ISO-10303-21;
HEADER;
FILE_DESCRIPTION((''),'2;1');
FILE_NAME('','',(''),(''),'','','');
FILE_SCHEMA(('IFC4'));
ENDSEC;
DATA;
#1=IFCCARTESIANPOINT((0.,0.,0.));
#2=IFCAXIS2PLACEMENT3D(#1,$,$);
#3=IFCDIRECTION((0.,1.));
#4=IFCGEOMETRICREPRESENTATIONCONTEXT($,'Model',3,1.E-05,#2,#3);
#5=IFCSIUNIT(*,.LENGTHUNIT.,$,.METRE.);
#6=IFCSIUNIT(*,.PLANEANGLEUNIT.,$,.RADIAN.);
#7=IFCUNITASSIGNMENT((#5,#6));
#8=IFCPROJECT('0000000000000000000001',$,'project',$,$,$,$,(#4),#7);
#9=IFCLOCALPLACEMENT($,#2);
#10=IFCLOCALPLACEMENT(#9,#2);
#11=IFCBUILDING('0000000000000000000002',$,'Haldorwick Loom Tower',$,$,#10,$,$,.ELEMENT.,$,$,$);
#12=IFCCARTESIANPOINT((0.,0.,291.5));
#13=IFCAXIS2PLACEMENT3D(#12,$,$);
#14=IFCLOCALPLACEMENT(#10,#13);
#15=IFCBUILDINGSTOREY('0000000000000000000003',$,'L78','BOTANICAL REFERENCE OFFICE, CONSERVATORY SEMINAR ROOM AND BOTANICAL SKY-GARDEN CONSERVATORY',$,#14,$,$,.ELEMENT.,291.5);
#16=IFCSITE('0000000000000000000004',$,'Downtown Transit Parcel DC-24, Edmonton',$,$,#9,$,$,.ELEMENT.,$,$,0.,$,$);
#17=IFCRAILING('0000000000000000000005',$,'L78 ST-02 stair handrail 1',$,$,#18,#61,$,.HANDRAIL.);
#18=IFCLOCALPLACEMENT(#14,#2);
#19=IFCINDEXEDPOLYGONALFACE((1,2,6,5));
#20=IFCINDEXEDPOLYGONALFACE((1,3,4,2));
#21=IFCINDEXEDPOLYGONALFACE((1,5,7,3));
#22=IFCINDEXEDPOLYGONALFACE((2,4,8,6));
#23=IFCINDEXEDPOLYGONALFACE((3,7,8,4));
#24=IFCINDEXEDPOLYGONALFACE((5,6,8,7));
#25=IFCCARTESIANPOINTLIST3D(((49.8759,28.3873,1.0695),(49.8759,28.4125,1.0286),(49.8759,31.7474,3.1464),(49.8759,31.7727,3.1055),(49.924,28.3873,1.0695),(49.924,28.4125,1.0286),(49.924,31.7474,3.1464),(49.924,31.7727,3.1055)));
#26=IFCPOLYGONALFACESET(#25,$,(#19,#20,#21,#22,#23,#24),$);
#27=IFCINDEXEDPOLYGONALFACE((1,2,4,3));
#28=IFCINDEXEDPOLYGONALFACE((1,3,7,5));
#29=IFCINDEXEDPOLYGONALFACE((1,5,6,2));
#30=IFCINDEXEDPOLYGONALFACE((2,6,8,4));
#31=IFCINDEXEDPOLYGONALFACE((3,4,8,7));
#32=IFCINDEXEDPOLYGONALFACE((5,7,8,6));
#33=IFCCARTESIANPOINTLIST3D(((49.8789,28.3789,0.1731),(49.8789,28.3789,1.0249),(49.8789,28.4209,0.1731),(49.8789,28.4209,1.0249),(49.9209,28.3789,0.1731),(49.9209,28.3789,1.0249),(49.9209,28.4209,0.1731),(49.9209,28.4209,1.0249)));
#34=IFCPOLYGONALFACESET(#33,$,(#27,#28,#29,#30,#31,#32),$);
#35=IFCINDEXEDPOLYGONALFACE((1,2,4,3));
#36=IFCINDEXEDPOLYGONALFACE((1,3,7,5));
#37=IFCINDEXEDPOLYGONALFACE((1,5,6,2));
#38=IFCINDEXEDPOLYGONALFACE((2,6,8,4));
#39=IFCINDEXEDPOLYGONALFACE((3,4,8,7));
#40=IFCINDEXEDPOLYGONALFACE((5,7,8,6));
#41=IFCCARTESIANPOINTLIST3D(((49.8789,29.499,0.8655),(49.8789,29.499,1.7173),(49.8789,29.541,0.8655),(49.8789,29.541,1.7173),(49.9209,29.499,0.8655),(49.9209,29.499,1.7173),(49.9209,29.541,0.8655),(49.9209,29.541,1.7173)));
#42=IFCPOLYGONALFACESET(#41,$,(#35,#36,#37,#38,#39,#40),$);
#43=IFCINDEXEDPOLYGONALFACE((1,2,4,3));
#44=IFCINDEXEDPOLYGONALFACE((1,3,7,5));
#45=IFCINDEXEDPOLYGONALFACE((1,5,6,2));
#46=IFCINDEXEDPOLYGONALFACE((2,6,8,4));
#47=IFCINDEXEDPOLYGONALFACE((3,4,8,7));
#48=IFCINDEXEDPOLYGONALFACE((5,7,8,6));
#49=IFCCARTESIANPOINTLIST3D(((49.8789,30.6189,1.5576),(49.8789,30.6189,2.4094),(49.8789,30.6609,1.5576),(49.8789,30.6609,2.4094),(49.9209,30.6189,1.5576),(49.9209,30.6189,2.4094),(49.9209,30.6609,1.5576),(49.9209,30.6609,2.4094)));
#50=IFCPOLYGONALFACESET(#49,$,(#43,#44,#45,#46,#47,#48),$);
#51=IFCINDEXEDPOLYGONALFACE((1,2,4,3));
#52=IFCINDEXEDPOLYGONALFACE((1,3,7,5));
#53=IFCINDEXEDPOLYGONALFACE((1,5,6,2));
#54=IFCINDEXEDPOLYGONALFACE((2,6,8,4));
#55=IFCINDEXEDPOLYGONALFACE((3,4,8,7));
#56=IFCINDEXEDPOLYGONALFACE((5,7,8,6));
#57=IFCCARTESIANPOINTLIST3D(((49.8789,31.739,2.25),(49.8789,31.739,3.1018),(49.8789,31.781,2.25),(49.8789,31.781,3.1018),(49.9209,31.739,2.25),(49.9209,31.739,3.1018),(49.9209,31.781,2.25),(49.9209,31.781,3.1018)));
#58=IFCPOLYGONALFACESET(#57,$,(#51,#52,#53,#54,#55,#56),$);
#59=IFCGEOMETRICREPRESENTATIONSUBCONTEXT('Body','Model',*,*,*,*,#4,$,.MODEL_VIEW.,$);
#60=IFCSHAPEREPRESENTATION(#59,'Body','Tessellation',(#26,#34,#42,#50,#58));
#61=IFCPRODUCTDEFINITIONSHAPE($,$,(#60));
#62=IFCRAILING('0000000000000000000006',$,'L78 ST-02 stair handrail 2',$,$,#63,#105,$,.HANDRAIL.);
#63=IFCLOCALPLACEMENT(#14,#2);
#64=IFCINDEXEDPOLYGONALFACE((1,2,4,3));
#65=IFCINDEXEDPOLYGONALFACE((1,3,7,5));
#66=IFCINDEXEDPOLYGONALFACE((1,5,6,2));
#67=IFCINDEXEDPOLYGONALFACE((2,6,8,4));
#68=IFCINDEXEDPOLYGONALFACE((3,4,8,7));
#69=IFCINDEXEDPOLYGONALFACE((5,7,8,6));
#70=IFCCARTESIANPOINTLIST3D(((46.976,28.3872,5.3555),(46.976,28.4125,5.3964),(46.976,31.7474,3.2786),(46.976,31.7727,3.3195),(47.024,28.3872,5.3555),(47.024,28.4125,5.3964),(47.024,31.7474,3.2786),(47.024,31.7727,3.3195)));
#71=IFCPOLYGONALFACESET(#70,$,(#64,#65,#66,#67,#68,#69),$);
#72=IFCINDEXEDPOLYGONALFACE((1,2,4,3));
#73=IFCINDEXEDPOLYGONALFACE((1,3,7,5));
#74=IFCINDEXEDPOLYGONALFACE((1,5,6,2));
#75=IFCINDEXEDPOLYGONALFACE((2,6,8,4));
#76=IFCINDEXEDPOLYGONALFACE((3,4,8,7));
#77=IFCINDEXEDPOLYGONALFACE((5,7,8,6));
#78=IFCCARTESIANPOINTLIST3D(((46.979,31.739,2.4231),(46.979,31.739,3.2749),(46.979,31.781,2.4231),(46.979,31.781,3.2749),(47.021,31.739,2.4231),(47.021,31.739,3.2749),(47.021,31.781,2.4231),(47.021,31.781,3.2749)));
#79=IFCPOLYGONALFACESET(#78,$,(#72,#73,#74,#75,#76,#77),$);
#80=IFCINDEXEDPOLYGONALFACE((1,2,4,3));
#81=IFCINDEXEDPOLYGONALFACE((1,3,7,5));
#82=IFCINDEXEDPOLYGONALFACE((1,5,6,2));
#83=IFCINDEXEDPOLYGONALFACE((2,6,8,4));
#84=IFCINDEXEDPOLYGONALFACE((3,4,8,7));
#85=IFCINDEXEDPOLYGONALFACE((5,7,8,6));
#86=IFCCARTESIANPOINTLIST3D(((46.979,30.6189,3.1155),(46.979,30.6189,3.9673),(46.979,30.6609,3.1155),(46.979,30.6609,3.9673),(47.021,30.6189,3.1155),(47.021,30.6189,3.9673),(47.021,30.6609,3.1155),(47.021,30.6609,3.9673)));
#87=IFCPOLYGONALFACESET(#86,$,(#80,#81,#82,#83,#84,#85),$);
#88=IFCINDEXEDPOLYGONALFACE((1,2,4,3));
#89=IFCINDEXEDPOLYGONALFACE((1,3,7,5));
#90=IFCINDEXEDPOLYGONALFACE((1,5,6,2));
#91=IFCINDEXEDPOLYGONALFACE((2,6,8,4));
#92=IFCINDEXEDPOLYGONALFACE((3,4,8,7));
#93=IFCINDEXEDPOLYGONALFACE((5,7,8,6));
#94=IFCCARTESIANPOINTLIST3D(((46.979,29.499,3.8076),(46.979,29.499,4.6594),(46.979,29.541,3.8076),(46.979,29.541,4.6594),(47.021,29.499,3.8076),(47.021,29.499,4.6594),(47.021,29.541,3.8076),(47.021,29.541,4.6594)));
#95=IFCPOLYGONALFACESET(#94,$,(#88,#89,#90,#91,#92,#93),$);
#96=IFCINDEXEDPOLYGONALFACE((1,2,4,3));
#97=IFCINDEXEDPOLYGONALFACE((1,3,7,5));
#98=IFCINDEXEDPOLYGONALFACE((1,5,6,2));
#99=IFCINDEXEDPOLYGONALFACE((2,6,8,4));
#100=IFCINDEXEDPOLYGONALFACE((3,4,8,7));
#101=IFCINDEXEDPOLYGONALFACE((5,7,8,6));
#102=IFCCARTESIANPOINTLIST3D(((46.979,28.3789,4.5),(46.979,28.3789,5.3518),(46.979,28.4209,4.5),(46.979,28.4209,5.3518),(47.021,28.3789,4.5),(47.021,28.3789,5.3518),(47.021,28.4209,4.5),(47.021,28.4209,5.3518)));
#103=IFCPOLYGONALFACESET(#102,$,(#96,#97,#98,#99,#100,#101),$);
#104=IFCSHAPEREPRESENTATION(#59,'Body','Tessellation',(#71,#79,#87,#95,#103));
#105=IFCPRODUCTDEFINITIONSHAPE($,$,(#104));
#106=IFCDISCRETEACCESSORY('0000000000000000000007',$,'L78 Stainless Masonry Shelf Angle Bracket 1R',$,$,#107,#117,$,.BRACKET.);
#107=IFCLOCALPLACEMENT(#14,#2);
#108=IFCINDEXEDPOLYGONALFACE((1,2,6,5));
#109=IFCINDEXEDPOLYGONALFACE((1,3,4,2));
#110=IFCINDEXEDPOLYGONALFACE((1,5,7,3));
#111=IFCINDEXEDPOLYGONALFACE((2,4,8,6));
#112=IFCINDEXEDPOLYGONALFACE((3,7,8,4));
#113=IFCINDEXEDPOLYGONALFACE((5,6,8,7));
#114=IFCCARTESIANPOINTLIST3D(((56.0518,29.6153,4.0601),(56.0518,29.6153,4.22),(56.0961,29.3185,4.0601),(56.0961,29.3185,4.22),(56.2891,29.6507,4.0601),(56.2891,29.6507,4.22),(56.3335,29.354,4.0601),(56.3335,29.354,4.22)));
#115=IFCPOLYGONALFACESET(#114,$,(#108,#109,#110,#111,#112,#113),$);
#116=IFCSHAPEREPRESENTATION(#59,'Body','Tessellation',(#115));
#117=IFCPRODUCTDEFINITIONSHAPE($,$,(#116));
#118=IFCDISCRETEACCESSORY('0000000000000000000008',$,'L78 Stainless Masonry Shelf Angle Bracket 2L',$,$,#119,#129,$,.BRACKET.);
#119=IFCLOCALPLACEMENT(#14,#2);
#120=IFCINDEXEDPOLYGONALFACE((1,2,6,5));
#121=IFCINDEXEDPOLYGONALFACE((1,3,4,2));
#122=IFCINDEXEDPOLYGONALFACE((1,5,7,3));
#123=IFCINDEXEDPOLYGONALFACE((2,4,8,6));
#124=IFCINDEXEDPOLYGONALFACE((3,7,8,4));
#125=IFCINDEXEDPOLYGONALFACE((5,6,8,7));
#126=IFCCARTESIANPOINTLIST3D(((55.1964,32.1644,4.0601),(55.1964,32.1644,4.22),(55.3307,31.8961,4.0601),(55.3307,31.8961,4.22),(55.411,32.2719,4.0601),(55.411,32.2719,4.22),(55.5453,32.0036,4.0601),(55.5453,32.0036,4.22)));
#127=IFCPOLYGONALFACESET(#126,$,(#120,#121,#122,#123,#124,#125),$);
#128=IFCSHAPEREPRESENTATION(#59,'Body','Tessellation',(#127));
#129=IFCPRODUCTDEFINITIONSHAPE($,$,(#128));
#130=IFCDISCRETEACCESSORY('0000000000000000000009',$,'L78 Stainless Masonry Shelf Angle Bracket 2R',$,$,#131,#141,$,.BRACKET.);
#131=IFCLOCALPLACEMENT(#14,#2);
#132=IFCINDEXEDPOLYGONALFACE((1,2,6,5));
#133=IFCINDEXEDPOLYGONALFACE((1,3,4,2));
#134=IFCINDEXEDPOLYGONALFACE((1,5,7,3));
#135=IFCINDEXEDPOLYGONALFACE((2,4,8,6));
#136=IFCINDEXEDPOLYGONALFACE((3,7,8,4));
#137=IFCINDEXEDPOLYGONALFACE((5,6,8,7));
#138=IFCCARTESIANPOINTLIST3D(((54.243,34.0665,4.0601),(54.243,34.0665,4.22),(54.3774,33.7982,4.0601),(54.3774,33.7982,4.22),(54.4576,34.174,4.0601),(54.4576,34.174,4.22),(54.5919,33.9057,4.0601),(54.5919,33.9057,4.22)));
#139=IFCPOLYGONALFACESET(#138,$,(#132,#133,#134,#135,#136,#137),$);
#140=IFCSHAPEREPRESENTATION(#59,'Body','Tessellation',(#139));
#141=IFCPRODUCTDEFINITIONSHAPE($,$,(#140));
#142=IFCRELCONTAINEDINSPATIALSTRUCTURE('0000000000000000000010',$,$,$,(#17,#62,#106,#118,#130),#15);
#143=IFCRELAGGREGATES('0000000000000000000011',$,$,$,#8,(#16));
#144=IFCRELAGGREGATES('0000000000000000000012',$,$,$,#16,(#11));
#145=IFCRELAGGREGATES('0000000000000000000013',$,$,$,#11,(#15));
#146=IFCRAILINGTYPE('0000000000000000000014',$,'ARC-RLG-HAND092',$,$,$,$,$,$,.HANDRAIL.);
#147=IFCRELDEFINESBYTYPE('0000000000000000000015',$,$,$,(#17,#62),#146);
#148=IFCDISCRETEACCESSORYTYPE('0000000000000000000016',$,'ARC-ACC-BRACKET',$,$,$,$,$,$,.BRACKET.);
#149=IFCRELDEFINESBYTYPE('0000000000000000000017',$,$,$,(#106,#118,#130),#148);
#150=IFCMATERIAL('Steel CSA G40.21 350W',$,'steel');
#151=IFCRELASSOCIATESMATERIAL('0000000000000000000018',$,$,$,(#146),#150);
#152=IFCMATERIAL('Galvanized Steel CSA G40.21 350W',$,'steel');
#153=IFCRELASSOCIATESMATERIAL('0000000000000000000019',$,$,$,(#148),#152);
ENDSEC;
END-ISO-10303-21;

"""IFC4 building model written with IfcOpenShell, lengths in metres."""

from ifc_helpers import new_model, si_unit, direction, frame, origin, origin_2d, place, context, subcontext, project, spatial, rectangle, extrude, material, type_object, element, save


model = new_model("IFC4")

# Units and contexts
model_context = context("Model", 3, precision=1e-05, world=origin(), true_north=direction((0.0, 1.0)))
body_context = subcontext(model_context, "Body", "Model", "MODEL_VIEW")
ifc_project = project(units=[si_unit("LENGTHUNIT", "METRE"), si_unit("PLANEANGLEUNIT", "RADIAN")], contexts=[model_context])

# Site, building, storey
site_placement = place(None, origin())
site = spatial("IfcSite", under=ifc_project, at=site_placement, Name="Downtown Transit Parcel DC-24, Edmonton", CompositionType="ELEMENT", RefElevation=0.0)
building_placement = place(site_placement, origin())
building = spatial("IfcBuilding", under=site, at=building_placement, Name="Haldorwick Loom Tower", CompositionType="ELEMENT")
storey_placement = place(building_placement, frame((0.0, 0.0, 291.5)))
storey = spatial("IfcBuildingStorey", under=building, at=storey_placement, Name="L78", Description="BOTANICAL REFERENCE OFFICE, CONSERVATORY SEMINAR ROOM AND BOTANICAL SKY-GARDEN CONSERVATORY", CompositionType="ELEMENT", Elevation=291.5)

# Shared definitions
ifc_material_1 = material(Name="Steel CSA G40.21 350W", Category="steel")

# Railings
railing_type_1 = type_object("IfcRailingType", Name="ARC-RLG-HAND092", PredefinedType="HANDRAIL", material=ifc_material_1)
railing_1_placement = place(storey_placement, frame((49.8999, 28.3999, 0.1731)))
element("IfcRailing", 1, at=railing_1_placement, inside=storey, type_object=railing_type_1, Name="L78 ST-02 stair handrail 1", PredefinedType="HANDRAIL", context=body_context, shape_type="SweptSolid", body=[
    extrude(rectangle(XDim=0.0481, YDim=0.0481, at=origin_2d()), frame((0.0, 0.0, 0.876), z_axis=(0.0, 0.850623, 0.525776), x_axis=(-1.0, 0.0, 0.0)), (0.0, 0.0, 1.0), 3.9502),
    extrude(rectangle(XDim=0.042, YDim=0.042, at=origin_2d()), origin(), (0.0, 0.0, 1.0), 0.8518),
    extrude(rectangle(XDim=0.042, YDim=0.042, at=origin_2d()), frame((0.0, 1.1201, 0.6924)), (0.0, 0.0, 1.0), 0.8518),
    extrude(rectangle(XDim=0.042, YDim=0.042, at=origin_2d()), frame((0.0, 2.24, 1.3845)), (0.0, 0.0, 1.0), 0.8518),
    extrude(rectangle(XDim=0.042, YDim=0.042, at=origin_2d()), frame((0.0, 3.3601, 2.0769)), (0.0, 0.0, 1.0), 0.8518),
])
railing_2_placement = place(storey_placement, frame((47.0, 31.76, 2.4231)))
element("IfcRailing", 2, at=railing_2_placement, inside=storey, type_object=railing_type_1, Name="L78 ST-02 stair handrail 2", PredefinedType="HANDRAIL", context=body_context, shape_type="SweptSolid", body=[
    extrude(rectangle(XDim=0.0481, YDim=0.0481, at=origin_2d()), frame((0.0, 0.0, 0.876), z_axis=(0.0, -0.850623, 0.525776), x_axis=(1.0, 0.0, 0.0)), (0.0, 0.0, 1.0), 3.9502),
    extrude(rectangle(XDim=0.042, YDim=0.042, at=origin_2d()), origin(), (0.0, 0.0, 1.0), 0.8518),
    extrude(rectangle(XDim=0.042, YDim=0.042, at=origin_2d()), frame((0.0, -1.1201, 0.6924)), (0.0, 0.0, 1.0), 0.8518),
    extrude(rectangle(XDim=0.042, YDim=0.042, at=origin_2d()), frame((0.0, -2.24, 1.3845)), (0.0, 0.0, 1.0), 0.8518),
    extrude(rectangle(XDim=0.042, YDim=0.042, at=origin_2d()), frame((0.0, -3.3601, 2.0769)), (0.0, 0.0, 1.0), 0.8518),
])

# Discrete accessories
ifc_material_2 = material(Name="Galvanized Steel CSA G40.21 350W", Category="steel")
discrete_accessory_type = type_object("IfcDiscreteAccessoryType", Name="ARC-ACC-BRACKET", PredefinedType="BRACKET", material=ifc_material_2)
for number, where, z_axis, x_axis, name in (
    (3, (56.1926, 29.4846, 4.0601), (0.0, 0.0, 1.0), (-0.147809, 0.989016, 0.0), "L78 Stainless Masonry Shelf Angle Bracket 1R"),
    (4, (55.3708, 32.084, 4.0601), (0.0, 0.0, 1.0), (-0.447759, 0.894154, 0.0), "L78 Stainless Masonry Shelf Angle Bracket 2L"),
    (5, (54.4175, 33.9861, 4.0601), (0.0, 0.0, 1.0), (-0.447759, 0.894154, 0.0), "L78 Stainless Masonry Shelf Angle Bracket 2R"),
):
    element("IfcDiscreteAccessory", number, at=place(storey_placement, frame(where, z_axis=z_axis, x_axis=x_axis)), inside=storey, type_object=discrete_accessory_type, Name=name, PredefinedType="BRACKET", context=body_context, shape_type="SweptSolid", body=[
        extrude(rectangle(XDim=0.3, YDim=0.24, at=origin_2d()), origin(), (0.0, 0.0, 1.0), 0.1599),
    ])

save(model, "model.ifc")
